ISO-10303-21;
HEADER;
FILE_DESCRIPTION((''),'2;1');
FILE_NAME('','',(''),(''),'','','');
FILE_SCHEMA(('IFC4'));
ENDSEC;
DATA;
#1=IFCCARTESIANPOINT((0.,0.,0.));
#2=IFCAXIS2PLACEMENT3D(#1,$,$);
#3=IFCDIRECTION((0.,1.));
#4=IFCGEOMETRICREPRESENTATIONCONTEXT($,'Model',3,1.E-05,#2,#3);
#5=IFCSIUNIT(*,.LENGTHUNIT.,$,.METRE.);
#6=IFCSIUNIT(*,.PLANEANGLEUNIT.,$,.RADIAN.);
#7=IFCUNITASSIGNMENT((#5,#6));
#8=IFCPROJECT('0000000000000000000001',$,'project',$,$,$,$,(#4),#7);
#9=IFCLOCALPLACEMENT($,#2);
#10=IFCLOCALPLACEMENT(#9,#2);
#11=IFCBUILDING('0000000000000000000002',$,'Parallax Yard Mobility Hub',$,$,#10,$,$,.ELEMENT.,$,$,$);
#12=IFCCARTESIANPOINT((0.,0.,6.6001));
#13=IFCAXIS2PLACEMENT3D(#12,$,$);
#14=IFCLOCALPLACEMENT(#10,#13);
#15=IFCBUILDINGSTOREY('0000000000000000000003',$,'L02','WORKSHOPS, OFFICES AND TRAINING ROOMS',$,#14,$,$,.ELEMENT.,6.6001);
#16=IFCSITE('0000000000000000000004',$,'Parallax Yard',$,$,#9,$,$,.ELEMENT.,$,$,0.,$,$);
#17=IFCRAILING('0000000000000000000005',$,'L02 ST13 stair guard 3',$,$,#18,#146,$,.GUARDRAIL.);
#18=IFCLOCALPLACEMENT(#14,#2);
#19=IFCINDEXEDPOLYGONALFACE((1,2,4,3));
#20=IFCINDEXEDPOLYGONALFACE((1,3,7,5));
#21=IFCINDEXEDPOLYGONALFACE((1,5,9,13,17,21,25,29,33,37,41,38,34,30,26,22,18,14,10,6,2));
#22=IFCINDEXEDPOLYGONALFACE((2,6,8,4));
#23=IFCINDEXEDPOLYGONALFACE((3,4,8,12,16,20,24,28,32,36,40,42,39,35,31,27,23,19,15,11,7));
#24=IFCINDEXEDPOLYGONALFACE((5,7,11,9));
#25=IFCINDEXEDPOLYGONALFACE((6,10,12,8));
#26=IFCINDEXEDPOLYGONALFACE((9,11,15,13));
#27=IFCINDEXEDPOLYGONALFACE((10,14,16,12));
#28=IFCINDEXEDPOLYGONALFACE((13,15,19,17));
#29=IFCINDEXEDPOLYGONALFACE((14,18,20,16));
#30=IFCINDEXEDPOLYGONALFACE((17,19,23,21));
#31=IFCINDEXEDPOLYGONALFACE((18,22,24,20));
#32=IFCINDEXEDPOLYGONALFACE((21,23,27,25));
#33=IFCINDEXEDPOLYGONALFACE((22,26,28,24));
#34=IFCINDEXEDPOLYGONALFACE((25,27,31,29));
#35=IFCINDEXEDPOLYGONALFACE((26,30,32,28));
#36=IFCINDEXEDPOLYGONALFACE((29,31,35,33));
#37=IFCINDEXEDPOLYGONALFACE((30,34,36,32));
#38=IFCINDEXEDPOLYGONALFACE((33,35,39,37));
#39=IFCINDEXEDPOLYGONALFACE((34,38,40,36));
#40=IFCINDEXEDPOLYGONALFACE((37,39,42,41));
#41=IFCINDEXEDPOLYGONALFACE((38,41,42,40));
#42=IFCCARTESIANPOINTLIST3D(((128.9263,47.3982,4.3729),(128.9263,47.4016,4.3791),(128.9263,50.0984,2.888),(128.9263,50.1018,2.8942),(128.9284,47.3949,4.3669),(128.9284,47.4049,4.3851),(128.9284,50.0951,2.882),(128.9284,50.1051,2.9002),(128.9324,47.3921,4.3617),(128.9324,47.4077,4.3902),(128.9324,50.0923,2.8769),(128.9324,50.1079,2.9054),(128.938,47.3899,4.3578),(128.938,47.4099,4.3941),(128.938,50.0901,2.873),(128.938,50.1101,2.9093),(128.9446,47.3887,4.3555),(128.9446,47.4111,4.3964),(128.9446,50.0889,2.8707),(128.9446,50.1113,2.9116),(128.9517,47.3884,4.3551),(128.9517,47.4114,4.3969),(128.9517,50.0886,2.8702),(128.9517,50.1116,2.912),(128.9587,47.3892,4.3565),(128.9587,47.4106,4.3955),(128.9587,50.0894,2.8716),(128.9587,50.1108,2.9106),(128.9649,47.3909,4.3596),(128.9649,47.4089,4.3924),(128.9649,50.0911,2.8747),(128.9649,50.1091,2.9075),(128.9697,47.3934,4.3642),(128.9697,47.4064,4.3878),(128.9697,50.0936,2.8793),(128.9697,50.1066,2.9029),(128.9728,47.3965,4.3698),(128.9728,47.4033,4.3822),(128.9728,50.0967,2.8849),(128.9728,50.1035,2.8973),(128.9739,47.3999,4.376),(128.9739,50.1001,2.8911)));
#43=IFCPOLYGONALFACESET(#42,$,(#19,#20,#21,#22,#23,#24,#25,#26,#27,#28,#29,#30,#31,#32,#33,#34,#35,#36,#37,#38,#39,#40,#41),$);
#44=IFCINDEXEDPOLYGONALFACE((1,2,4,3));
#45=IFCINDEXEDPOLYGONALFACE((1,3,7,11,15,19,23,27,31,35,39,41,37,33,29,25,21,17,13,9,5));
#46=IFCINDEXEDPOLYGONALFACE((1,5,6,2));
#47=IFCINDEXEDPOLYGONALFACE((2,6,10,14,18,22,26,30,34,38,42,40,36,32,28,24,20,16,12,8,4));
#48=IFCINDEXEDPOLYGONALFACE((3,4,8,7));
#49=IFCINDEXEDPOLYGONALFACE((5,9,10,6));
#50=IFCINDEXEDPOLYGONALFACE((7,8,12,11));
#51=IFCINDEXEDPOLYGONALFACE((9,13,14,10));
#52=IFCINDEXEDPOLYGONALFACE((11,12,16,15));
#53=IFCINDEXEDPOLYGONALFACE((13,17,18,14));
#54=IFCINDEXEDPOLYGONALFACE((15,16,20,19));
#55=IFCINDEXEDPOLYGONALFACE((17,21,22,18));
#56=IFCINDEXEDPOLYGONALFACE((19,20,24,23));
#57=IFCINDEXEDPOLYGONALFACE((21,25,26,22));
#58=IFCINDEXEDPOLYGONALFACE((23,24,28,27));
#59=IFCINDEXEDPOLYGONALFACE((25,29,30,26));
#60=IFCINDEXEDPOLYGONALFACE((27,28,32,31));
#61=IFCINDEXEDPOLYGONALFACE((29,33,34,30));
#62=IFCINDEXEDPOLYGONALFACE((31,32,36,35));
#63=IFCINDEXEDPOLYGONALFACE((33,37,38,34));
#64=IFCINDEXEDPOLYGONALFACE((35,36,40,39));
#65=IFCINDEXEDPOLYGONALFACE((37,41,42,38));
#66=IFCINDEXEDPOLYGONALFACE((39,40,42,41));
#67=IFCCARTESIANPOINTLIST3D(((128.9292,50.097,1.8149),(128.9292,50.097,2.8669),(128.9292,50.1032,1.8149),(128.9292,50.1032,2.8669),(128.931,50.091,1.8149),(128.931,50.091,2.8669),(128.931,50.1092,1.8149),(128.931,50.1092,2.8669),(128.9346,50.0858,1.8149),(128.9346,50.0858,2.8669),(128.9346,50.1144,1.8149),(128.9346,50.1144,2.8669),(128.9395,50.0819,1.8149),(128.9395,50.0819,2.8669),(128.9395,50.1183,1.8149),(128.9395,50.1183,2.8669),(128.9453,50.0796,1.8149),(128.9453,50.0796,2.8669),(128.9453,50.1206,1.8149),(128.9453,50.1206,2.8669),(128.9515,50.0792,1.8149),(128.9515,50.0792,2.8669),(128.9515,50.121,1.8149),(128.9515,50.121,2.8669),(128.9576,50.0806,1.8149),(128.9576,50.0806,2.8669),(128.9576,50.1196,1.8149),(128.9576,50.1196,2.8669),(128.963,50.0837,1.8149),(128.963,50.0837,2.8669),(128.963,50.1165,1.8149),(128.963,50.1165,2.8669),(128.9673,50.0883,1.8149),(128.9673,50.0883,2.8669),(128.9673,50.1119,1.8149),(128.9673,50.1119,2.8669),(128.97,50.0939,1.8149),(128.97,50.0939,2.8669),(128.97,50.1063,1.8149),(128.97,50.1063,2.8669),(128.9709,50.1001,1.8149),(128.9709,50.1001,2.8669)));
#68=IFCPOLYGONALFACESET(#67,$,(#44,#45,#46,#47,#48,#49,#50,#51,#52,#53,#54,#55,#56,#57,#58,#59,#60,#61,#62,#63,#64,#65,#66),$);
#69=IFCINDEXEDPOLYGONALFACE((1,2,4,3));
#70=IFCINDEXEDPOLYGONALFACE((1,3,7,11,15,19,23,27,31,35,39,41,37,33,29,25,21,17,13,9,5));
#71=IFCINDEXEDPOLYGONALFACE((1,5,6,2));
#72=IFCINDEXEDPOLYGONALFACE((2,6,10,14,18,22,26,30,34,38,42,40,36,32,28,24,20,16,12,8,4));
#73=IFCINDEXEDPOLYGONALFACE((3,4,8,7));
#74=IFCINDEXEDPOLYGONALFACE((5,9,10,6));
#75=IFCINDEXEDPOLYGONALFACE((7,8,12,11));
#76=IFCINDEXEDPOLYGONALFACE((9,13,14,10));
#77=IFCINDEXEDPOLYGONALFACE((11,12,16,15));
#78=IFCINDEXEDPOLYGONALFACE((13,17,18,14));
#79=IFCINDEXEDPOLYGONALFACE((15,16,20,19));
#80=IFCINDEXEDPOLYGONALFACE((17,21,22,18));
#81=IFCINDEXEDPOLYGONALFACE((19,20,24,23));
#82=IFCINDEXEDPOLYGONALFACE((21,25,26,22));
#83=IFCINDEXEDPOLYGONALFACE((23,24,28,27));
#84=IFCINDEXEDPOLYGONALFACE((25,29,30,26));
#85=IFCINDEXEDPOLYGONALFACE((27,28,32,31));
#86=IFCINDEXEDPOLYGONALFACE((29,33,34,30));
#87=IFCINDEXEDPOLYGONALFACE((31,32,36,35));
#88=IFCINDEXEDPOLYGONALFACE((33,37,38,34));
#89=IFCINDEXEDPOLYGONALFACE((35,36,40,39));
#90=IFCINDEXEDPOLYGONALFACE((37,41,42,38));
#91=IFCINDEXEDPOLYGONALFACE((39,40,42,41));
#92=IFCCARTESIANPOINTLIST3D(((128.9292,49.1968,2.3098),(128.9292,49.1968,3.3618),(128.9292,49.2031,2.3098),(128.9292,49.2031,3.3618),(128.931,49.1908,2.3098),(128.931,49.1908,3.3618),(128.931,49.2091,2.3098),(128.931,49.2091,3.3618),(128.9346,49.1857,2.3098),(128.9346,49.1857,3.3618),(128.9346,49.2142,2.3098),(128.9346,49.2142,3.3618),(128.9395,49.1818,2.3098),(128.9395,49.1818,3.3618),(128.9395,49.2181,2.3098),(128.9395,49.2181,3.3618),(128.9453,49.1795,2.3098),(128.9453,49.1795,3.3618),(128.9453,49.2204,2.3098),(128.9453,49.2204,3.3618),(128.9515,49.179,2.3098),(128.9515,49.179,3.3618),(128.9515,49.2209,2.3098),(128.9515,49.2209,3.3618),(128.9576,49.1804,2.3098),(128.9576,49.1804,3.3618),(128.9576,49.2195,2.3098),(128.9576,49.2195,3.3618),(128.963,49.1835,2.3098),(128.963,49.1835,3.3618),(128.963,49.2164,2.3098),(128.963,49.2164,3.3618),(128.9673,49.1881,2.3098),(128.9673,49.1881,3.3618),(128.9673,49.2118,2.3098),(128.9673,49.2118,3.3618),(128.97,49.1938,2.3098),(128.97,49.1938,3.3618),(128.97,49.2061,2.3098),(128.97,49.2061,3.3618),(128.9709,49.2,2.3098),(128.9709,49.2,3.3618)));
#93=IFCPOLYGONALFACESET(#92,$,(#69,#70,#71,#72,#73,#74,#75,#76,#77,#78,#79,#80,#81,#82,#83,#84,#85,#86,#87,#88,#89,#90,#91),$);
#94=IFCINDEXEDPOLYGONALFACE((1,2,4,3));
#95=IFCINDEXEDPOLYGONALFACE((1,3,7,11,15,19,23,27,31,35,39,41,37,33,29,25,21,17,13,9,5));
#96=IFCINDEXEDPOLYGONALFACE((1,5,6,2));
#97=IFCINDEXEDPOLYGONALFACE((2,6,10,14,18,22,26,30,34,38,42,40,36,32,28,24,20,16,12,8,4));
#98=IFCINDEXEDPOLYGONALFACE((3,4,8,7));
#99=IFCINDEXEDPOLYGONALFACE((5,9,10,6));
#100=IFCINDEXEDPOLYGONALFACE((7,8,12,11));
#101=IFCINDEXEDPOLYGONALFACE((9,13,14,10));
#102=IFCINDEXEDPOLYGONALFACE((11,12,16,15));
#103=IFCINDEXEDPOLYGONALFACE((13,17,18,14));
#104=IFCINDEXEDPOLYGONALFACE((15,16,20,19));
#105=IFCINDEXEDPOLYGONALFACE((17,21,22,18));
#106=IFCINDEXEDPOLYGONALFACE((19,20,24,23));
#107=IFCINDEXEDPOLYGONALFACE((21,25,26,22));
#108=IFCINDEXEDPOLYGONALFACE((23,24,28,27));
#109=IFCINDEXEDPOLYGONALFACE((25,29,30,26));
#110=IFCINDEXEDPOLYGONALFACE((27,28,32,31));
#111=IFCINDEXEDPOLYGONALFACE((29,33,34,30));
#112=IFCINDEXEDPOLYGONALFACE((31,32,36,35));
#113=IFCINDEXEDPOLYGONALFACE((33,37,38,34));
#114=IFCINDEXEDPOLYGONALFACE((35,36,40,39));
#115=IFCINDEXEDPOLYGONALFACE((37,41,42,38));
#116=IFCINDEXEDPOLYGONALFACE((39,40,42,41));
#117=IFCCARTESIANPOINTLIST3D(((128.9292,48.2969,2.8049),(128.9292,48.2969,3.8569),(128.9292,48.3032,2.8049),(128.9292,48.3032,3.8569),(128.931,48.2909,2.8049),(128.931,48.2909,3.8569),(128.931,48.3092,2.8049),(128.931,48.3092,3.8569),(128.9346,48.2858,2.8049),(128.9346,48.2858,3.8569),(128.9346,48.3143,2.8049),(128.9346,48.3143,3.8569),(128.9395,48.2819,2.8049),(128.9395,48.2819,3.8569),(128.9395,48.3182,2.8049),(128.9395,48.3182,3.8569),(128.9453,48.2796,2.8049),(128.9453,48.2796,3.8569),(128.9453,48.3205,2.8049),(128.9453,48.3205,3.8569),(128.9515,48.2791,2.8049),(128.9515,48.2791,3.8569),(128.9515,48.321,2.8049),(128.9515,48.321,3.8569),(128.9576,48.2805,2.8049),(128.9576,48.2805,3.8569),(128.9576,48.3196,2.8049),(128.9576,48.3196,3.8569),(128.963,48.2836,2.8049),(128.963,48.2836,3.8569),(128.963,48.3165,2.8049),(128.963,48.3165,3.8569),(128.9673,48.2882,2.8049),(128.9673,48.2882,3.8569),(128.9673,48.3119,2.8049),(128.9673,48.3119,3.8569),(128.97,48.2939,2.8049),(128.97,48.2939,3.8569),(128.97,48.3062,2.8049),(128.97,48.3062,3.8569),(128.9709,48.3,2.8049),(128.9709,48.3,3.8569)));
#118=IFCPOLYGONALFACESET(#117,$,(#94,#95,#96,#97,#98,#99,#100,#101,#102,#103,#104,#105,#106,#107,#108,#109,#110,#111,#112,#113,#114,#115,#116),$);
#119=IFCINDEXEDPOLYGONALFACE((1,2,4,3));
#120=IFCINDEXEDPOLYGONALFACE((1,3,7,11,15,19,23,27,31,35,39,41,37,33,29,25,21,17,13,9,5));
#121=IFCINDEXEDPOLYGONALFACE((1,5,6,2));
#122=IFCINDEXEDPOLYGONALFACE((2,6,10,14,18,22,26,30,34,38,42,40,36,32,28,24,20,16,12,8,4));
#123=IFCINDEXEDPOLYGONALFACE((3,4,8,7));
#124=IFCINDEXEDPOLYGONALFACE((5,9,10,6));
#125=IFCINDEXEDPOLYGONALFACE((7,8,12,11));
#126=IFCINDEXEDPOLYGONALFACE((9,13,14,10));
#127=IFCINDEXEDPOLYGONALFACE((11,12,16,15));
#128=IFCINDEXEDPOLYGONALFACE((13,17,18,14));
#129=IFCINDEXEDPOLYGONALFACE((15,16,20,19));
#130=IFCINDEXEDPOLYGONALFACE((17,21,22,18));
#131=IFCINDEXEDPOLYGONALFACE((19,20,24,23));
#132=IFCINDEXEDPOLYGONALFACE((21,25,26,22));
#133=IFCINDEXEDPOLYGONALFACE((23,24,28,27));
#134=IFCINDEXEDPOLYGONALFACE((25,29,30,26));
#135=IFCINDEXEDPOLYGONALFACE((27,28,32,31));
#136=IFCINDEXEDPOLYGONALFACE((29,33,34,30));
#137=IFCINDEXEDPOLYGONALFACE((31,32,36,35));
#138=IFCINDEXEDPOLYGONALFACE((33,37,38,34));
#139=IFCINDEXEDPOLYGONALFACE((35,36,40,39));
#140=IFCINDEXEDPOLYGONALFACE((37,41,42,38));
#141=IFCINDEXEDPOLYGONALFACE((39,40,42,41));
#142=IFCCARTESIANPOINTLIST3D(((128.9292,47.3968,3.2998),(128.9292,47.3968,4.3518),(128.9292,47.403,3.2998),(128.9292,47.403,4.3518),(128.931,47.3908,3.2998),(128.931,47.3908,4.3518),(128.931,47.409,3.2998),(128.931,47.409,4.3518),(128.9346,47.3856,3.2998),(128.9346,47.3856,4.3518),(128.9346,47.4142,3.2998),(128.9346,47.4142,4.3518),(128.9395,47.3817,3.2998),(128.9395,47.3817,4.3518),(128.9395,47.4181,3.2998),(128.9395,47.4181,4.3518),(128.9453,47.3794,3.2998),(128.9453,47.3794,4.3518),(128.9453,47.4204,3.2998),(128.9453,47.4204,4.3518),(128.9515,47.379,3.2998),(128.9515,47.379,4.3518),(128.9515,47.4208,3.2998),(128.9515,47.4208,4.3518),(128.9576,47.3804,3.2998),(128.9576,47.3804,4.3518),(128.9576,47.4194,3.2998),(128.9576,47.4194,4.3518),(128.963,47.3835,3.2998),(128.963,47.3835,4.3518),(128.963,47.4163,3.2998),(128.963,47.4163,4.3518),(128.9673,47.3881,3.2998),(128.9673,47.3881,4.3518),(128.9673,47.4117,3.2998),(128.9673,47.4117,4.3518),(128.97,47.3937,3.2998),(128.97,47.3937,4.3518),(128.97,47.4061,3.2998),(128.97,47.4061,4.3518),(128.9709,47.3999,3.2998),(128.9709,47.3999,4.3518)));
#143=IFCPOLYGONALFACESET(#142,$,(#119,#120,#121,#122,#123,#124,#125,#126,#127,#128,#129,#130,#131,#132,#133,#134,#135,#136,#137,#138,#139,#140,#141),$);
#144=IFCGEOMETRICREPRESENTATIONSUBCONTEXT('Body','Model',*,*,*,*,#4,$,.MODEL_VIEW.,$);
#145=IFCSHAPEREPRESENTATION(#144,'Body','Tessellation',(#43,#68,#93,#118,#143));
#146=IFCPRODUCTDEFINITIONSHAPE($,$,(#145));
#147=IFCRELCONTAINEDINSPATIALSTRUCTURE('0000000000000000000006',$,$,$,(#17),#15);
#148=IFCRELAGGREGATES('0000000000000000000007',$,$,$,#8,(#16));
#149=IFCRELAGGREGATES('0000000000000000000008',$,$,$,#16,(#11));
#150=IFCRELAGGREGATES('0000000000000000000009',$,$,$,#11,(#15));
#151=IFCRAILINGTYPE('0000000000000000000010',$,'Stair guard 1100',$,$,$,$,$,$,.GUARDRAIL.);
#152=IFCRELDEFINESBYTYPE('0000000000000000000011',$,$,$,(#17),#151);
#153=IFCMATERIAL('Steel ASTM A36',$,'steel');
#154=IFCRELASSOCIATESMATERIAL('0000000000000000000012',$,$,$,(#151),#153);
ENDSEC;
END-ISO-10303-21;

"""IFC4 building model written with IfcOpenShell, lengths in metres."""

from ifc_helpers import new_model, si_unit, direction, frame, origin, origin_2d, place, context, subcontext, project, spatial, circle, extrude, material, type_object, element, save


model = new_model("IFC4")

# Units and contexts
model_context = context("Model", 3, precision=1e-05, world=origin(), true_north=direction((0.0, 1.0)))
body_context = subcontext(model_context, "Body", "Model", "MODEL_VIEW")
ifc_project = project(units=[si_unit("LENGTHUNIT", "METRE"), si_unit("PLANEANGLEUNIT", "RADIAN")], contexts=[model_context])

# Site, building, storey
site_placement = place(None, origin())
site = spatial("IfcSite", under=ifc_project, at=site_placement, Name="Parallax Yard", CompositionType="ELEMENT", RefElevation=0.0)
building_placement = place(site_placement, origin())
building = spatial("IfcBuilding", under=site, at=building_placement, Name="Parallax Yard Mobility Hub", CompositionType="ELEMENT")
storey_placement = place(building_placement, frame((0.0, 0.0, 6.6001)))
storey = spatial("IfcBuildingStorey", under=building, at=storey_placement, Name="L02", Description="WORKSHOPS, OFFICES AND TRAINING ROOMS", CompositionType="ELEMENT", Elevation=6.6001)

# Railing
ifc_material_1 = material(Name="Steel ASTM A36", Category="steel")
railing_type_1 = type_object("IfcRailingType", Name="Stair guard 1100", PredefinedType="GUARDRAIL", material=ifc_material_1)
railing_1_placement = place(storey_placement, frame((128.95, 50.1001, 1.8149)))
element("IfcRailing", 1, at=railing_1_placement, inside=storey, type_object=railing_type_1, Name="L02 ST13 stair guard 3", PredefinedType="GUARDRAIL", context=body_context, shape_type="SweptSolid", body=[
    extrude(circle(Radius=0.0239, at=origin_2d()), frame((0.0, 0.0, 1.0762), z_axis=(0.0, -0.876249, 0.481858), x_axis=(1.0, 0.0, 0.0)), (0.0, 0.0, 1.0), 3.0815),
    extrude(circle(Radius=0.021, at=origin_2d()), origin(), (0.0, 0.0, 1.0), 1.052),
    extrude(circle(Radius=0.021, at=origin_2d()), frame((0.0, -0.9001, 0.4949)), (0.0, 0.0, 1.0), 1.052),
    extrude(circle(Radius=0.021, at=origin_2d()), frame((0.0, -1.8, 0.99)), (0.0, 0.0, 1.0), 1.052),
    extrude(circle(Radius=0.021, at=origin_2d()), frame((0.0, -2.7002, 1.4849)), (0.0, 0.0, 1.0), 1.052),
])

save(model, "model.ifc")
